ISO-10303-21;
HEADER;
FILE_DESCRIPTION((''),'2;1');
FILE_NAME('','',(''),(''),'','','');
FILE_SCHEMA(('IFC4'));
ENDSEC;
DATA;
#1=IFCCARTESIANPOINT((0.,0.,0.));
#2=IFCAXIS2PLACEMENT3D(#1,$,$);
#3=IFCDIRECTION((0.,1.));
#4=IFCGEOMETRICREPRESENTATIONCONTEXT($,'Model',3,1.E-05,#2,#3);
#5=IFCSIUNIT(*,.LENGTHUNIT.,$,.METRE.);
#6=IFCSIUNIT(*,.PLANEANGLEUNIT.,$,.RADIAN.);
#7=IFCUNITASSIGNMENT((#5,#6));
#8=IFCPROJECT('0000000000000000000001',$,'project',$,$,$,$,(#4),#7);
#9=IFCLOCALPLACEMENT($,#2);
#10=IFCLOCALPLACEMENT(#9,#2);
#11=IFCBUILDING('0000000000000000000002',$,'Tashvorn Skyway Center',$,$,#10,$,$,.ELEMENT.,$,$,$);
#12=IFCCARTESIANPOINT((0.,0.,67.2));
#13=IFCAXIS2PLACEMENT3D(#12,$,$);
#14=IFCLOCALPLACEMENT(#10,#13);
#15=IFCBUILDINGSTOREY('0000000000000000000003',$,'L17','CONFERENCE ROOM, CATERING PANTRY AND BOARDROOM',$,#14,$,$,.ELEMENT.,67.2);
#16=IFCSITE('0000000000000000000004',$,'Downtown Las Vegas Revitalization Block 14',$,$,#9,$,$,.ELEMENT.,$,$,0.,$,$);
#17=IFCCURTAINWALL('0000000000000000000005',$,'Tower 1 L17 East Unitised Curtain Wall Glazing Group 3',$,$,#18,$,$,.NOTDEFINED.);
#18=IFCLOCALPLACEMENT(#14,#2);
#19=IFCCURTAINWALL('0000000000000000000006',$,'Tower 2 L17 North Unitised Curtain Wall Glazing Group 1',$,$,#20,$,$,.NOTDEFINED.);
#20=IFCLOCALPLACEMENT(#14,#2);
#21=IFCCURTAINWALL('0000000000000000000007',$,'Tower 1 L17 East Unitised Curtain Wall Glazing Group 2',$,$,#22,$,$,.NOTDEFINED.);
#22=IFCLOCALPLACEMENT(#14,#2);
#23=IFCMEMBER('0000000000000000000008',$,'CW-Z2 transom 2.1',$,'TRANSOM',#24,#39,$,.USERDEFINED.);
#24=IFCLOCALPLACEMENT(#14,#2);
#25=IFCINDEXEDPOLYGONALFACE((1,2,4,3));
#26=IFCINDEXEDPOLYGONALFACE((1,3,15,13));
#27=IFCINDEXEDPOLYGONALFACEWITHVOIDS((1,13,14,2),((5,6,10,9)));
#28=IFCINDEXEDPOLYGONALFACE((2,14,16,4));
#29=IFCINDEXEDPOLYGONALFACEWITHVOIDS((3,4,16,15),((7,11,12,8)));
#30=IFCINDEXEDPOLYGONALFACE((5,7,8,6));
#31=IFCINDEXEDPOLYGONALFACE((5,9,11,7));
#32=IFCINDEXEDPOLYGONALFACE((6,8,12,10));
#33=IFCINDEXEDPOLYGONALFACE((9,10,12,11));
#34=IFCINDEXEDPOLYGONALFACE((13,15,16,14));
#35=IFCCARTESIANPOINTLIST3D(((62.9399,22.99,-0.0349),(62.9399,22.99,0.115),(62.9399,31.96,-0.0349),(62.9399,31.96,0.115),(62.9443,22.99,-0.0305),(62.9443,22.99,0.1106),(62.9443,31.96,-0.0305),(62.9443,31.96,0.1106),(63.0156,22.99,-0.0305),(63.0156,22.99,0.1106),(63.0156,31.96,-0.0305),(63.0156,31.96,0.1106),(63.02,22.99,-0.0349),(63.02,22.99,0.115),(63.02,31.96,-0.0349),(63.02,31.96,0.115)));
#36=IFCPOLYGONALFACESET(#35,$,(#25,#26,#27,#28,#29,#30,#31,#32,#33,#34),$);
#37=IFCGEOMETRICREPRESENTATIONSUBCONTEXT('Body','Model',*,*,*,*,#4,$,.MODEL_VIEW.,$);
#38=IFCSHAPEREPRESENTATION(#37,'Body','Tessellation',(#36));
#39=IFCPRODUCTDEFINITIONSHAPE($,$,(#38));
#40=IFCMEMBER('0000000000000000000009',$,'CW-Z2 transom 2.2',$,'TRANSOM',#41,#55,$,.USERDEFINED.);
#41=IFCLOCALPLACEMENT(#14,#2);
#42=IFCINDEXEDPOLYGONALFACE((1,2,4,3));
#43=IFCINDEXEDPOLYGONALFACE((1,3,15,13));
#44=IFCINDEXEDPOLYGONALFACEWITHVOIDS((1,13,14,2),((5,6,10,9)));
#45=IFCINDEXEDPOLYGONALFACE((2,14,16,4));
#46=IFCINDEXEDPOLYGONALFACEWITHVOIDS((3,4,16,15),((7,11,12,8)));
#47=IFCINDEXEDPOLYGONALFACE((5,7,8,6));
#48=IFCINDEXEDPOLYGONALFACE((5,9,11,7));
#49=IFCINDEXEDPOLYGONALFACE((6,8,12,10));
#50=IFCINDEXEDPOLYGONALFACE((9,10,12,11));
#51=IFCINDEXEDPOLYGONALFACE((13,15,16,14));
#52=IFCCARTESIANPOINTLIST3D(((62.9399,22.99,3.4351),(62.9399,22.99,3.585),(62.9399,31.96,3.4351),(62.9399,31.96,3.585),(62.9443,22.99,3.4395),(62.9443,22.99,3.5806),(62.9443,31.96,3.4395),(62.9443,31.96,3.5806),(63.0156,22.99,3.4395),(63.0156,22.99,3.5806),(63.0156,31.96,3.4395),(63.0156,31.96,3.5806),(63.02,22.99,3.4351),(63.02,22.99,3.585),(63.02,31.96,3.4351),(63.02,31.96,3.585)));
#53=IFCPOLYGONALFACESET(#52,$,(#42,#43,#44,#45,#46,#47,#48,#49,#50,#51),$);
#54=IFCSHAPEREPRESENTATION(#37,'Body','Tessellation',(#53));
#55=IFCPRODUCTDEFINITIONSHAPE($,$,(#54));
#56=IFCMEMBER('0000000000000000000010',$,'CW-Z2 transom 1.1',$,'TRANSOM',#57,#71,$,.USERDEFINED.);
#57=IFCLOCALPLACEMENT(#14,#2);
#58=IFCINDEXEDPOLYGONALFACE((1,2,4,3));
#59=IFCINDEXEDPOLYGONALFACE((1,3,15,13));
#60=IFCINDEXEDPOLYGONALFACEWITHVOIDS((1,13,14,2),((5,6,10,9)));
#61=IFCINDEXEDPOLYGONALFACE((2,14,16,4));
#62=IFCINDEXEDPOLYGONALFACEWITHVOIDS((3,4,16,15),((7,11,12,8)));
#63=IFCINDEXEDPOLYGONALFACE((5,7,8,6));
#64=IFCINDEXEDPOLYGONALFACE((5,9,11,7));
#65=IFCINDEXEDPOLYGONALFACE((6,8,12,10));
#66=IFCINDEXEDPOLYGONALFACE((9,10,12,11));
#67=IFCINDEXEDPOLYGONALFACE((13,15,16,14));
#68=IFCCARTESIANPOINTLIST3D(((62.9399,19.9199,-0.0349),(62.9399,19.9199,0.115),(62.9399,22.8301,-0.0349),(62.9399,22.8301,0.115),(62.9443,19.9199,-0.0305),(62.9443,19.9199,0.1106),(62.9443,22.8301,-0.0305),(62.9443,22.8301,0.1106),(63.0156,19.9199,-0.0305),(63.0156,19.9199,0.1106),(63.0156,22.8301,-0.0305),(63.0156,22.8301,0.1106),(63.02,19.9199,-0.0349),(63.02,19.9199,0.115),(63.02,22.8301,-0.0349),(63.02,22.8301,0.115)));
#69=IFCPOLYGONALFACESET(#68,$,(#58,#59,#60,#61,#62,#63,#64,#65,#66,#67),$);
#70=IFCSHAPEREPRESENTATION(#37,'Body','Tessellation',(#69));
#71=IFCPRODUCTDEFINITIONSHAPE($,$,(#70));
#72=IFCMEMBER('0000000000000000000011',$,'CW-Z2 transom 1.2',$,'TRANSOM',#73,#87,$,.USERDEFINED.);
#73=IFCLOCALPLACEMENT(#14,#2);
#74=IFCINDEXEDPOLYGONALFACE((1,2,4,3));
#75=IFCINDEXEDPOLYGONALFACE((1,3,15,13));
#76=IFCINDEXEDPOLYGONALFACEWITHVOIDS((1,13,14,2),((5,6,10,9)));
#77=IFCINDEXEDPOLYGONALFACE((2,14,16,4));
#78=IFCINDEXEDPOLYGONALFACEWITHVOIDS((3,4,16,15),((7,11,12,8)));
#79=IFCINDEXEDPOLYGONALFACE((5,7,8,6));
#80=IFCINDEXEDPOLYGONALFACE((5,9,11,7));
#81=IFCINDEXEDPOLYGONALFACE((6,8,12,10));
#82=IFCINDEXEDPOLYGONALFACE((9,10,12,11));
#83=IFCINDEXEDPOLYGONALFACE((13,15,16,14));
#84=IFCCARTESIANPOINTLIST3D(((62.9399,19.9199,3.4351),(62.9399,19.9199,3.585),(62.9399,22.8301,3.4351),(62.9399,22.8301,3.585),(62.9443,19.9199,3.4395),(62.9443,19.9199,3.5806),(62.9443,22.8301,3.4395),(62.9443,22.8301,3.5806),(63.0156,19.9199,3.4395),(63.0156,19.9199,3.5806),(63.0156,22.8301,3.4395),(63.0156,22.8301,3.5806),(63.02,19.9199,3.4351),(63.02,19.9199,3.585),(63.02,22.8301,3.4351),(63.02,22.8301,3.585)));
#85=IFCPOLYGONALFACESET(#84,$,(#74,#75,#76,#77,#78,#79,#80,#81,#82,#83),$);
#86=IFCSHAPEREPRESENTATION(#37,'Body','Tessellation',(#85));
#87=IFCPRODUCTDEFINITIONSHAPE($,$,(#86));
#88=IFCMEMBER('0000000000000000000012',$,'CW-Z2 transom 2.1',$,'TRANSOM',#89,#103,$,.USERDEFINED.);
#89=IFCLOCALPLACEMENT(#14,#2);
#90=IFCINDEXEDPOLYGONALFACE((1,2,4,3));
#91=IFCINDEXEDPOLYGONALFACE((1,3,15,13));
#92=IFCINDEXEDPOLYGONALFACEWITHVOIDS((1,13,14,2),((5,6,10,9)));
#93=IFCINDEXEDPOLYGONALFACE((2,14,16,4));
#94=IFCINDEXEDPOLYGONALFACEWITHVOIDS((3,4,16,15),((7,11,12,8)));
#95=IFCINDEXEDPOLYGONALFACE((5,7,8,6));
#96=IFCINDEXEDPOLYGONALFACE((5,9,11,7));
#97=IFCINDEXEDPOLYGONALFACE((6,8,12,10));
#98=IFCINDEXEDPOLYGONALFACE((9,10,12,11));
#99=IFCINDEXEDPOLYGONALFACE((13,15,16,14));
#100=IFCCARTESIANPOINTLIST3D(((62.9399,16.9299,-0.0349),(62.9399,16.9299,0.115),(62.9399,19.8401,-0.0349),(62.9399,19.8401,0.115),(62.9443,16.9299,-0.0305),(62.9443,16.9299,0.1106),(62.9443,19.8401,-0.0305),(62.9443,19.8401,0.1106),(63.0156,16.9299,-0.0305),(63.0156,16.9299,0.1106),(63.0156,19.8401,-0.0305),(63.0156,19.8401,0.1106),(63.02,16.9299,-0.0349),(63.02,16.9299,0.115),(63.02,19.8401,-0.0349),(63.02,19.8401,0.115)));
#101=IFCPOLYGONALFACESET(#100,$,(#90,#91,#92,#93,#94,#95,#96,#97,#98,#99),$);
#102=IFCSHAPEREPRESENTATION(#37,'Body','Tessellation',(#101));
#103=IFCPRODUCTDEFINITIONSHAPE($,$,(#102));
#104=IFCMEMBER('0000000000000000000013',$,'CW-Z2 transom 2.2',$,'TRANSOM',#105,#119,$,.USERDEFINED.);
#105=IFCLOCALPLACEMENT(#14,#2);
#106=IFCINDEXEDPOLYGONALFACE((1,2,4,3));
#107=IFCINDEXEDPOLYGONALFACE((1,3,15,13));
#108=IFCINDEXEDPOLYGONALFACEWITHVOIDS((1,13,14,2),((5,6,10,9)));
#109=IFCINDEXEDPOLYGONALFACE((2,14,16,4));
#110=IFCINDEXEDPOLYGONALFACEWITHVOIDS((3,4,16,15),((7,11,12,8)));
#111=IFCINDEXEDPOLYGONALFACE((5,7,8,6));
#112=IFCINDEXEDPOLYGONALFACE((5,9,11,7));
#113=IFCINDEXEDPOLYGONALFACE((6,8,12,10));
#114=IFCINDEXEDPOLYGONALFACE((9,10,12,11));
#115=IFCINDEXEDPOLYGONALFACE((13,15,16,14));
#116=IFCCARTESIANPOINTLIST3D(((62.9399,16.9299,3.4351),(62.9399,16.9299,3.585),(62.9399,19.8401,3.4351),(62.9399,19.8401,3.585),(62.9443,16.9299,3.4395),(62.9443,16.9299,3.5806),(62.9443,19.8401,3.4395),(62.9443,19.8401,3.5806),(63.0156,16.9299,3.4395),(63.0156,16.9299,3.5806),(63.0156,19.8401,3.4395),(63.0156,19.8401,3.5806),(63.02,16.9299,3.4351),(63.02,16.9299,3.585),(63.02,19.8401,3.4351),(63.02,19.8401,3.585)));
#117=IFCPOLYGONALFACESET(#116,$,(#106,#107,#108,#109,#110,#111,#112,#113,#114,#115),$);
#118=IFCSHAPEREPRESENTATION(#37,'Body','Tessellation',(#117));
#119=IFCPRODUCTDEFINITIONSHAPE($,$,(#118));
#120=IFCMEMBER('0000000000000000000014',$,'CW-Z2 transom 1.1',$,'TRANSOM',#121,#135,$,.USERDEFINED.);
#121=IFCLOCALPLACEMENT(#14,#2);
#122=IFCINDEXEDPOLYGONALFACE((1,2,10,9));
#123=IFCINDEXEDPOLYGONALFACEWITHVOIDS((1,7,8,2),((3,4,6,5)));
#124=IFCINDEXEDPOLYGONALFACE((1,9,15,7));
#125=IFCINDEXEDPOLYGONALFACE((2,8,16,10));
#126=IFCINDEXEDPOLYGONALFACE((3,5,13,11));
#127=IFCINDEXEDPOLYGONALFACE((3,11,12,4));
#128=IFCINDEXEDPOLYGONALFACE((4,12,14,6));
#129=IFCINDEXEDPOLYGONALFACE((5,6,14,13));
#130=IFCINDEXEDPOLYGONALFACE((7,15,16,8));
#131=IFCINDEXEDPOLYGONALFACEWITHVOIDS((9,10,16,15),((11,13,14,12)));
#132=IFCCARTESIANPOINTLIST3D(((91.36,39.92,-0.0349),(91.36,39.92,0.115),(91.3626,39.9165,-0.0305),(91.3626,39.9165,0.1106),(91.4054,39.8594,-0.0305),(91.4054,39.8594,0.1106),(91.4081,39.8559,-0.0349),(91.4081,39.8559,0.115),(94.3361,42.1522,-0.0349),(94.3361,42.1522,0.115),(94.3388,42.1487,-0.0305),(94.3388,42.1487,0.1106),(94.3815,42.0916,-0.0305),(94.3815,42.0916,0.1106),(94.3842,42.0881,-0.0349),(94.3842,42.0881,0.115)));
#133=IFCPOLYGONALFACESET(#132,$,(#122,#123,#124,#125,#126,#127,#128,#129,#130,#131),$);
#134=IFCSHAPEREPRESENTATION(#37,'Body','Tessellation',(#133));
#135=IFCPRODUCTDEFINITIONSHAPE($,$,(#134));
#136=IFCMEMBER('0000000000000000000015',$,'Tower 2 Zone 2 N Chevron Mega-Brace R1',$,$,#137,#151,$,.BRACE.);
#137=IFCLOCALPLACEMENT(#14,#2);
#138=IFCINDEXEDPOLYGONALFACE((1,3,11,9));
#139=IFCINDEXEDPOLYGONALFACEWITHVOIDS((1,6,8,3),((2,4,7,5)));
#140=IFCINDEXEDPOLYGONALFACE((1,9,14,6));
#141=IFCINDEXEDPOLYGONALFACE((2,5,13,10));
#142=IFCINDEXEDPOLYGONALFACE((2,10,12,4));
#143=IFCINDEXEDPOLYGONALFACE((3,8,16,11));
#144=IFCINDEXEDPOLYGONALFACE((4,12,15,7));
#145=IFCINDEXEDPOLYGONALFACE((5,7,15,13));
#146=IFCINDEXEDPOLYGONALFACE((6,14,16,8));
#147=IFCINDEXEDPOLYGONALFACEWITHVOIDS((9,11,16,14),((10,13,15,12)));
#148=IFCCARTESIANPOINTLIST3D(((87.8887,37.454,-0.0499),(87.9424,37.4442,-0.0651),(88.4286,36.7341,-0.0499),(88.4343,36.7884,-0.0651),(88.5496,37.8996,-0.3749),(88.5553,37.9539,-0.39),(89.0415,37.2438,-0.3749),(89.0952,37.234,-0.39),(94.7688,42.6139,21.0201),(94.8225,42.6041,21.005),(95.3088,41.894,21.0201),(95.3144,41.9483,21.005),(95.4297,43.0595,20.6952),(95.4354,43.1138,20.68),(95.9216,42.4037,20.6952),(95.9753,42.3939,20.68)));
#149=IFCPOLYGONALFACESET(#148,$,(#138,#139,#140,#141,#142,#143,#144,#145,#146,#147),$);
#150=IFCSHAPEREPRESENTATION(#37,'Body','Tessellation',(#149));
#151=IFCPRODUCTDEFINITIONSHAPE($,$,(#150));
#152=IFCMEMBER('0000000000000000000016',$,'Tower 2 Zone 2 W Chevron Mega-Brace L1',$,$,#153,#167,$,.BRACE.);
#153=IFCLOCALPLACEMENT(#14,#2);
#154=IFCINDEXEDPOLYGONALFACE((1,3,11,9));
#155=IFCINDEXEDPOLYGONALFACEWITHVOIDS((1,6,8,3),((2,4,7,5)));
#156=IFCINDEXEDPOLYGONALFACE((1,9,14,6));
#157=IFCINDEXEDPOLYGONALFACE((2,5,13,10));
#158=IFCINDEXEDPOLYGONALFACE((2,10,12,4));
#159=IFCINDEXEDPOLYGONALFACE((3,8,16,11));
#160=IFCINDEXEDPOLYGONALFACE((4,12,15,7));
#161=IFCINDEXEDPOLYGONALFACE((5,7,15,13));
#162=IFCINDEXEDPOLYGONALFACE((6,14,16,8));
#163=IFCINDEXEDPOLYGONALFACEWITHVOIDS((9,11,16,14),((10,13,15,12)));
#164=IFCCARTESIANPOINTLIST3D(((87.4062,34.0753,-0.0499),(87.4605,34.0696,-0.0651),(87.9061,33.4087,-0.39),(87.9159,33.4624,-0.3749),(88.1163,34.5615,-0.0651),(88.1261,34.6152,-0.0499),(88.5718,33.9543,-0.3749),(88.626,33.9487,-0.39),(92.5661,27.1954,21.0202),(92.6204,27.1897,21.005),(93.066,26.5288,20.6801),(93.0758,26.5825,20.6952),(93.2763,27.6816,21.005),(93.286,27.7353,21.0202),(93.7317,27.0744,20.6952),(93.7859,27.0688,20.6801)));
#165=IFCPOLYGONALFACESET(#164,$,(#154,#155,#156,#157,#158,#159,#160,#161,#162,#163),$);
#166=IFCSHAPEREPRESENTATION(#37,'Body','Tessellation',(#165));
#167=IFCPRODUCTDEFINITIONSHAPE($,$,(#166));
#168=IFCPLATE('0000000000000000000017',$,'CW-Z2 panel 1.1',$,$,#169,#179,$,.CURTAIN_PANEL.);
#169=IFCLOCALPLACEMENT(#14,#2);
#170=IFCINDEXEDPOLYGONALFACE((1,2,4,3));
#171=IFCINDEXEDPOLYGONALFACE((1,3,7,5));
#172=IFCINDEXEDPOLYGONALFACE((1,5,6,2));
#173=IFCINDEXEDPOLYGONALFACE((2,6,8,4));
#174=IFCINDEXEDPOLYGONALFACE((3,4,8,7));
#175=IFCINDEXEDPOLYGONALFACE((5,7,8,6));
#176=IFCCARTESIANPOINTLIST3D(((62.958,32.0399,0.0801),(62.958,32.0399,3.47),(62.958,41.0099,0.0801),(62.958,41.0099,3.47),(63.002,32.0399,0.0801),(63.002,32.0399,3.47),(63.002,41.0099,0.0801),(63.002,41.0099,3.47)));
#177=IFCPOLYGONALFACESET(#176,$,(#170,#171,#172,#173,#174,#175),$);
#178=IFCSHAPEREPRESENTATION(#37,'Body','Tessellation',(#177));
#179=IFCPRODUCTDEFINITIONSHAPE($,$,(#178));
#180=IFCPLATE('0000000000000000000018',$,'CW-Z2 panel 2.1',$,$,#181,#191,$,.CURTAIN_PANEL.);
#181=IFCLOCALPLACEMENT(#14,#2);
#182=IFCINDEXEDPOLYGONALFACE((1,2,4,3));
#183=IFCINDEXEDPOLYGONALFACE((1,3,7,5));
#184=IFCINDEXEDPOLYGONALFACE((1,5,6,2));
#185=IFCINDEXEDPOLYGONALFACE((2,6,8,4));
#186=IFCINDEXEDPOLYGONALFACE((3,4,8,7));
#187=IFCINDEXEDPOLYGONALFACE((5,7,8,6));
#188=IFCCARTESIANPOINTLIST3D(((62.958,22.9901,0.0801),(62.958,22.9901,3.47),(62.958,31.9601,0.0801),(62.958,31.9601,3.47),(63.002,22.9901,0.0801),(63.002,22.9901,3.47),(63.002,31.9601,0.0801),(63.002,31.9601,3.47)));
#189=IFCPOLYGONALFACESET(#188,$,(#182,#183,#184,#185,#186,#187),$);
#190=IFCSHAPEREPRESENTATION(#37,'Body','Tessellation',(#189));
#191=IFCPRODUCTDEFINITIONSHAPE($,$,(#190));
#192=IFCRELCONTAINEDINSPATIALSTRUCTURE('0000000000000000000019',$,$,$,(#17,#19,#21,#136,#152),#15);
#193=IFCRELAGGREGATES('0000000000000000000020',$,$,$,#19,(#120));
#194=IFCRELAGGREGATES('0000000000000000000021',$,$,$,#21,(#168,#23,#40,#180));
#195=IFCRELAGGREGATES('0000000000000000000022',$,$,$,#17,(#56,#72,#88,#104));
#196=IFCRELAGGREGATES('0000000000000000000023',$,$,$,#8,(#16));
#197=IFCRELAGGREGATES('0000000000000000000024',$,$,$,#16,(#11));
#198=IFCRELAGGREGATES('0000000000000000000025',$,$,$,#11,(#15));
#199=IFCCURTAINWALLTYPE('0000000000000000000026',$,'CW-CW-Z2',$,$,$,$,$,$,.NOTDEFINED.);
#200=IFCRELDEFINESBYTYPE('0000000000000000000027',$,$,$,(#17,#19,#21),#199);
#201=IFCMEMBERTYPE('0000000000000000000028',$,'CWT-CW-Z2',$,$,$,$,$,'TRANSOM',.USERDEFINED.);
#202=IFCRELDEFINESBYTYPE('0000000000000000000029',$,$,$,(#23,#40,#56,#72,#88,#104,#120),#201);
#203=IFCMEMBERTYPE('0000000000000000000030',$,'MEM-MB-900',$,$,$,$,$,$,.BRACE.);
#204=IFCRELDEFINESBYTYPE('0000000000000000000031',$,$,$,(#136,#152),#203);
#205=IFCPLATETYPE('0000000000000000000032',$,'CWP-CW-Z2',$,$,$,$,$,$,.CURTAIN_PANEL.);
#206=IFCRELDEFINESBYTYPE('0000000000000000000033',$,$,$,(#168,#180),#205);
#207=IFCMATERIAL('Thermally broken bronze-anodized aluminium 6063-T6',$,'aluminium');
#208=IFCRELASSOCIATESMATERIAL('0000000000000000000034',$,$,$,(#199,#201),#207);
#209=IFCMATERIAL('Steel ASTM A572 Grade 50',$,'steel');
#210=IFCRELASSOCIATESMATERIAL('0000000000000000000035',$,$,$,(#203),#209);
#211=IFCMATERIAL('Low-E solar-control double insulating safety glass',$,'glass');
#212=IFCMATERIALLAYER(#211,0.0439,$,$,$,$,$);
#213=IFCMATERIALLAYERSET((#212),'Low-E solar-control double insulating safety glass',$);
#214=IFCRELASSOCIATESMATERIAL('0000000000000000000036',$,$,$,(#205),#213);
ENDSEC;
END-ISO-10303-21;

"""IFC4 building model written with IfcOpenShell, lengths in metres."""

from ifc_helpers import new_model, si_unit, direction, frame, origin, origin_2d, place, context, subcontext, project, spatial, rectangle, hollow_rectangle, extrude, material, layer, layer_set, material_profile, profile_set, type_object, element, aggregate, save


model = new_model("IFC4")

# Units and contexts
model_context = context("Model", 3, precision=1e-05, world=origin(), true_north=direction((0.0, 1.0)))
body_context = subcontext(model_context, "Body", "Model", "MODEL_VIEW")
ifc_project = project(units=[si_unit("LENGTHUNIT", "METRE"), si_unit("PLANEANGLEUNIT", "RADIAN")], contexts=[model_context])

# Site, building, storey
site_placement = place(None, origin())
site = spatial("IfcSite", under=ifc_project, at=site_placement, Name="Downtown Las Vegas Revitalization Block 14", CompositionType="ELEMENT", RefElevation=0.0)
building_placement = place(site_placement, origin())
building = spatial("IfcBuilding", under=site, at=building_placement, Name="Tashvorn Skyway Center", CompositionType="ELEMENT")
storey_placement = place(building_placement, frame((0.0, 0.0, 67.2)))
storey = spatial("IfcBuildingStorey", under=building, at=storey_placement, Name="L17", Description="CONFERENCE ROOM, CATERING PANTRY AND BOARDROOM", CompositionType="ELEMENT", Elevation=67.2)

# Shared definitions
ifc_material_1 = material(Name="Steel ASTM A572 Grade 50", Category="steel")

# Curtain wall
ifc_material_2 = material(Name="Thermally broken bronze-anodized aluminium 6063-T6", Category="aluminium")
curtain_wall_type = type_object("IfcCurtainWallType", Name="CW-CW-Z2", PredefinedType="NOTDEFINED", material=ifc_material_2)
curtain_wall_1_placement = place(storey_placement, origin())
curtain_wall_1 = element("IfcCurtainWall", 1, at=curtain_wall_1_placement, inside=storey, type_object=curtain_wall_type, Name="Tower 1 L17 East Unitised Curtain Wall Glazing Group 3", PredefinedType="NOTDEFINED")

# Curtain wall
curtain_wall_2_placement = place(storey_placement, origin())
curtain_wall_2 = element("IfcCurtainWall", 2, at=curtain_wall_2_placement, inside=storey, type_object=curtain_wall_type, Name="Tower 2 L17 North Unitised Curtain Wall Glazing Group 1", PredefinedType="NOTDEFINED")

# Curtain wall, members
curtain_wall_3_placement = place(storey_placement, origin())
curtain_wall_3 = element("IfcCurtainWall", 3, at=curtain_wall_3_placement, inside=storey, type_object=curtain_wall_type, Name="Tower 1 L17 East Unitised Curtain Wall Glazing Group 2", PredefinedType="NOTDEFINED")
ifc_material_profile_1 = material_profile(ifc_material_2, hollow_rectangle(XDim=0.0801, YDim=0.1499, WallThickness=0.0044, at=origin_2d()), Name="ALU-TRAN-80x150")
ifc_profile_set_1 = profile_set([ifc_material_profile_1], Name="Thermally broken bronze-anodized aluminium 6063-T6")
member_type_1 = type_object("IfcMemberType", Name="CWT-CW-Z2", ElementType="TRANSOM", PredefinedType="USERDEFINED", material=ifc_profile_set_1)
member_1_placement = place(storey_placement, frame((62.98, 31.96, 0.04), z_axis=(0.0, -1.0, 0.0), x_axis=(1.0, 0.0, 0.0)))
member_1 = element("IfcMember", 4, at=member_1_placement, type_object=member_type_1, Name="CW-Z2 transom 2.1", ObjectType="TRANSOM", PredefinedType="USERDEFINED", context=body_context, shape_type="SweptSolid", body=[
    extrude(hollow_rectangle(XDim=0.0801, YDim=0.1499, WallThickness=0.0044, at=origin_2d()), origin(), (0.0, 0.0, 1.0), 8.97),
])
member_2_placement = place(storey_placement, frame((62.98, 31.96, 3.51), z_axis=(0.0, -1.0, 0.0), x_axis=(1.0, 0.0, 0.0)))
member_2 = element("IfcMember", 5, at=member_2_placement, type_object=member_type_1, Name="CW-Z2 transom 2.2", ObjectType="TRANSOM", PredefinedType="USERDEFINED", context=body_context, shape_type="SweptSolid", body=[
    extrude(hollow_rectangle(XDim=0.0801, YDim=0.1499, WallThickness=0.0044, at=origin_2d()), origin(), (0.0, 0.0, 1.0), 8.97),
])

# Members
member_3_placement = place(storey_placement, frame((62.98, 22.8301, 0.04), z_axis=(0.0, -1.0, 0.0), x_axis=(1.0, 0.0, 0.0)))
member_3 = element("IfcMember", 6, at=member_3_placement, type_object=member_type_1, Name="CW-Z2 transom 1.1", ObjectType="TRANSOM", PredefinedType="USERDEFINED", context=body_context, shape_type="SweptSolid", body=[
    extrude(hollow_rectangle(XDim=0.0801, YDim=0.1499, WallThickness=0.0044, at=origin_2d()), origin(), (0.0, 0.0, 1.0), 2.9102),
])
member_4_placement = place(storey_placement, frame((62.98, 22.8301, 3.51), z_axis=(0.0, -1.0, 0.0), x_axis=(1.0, 0.0, 0.0)))
member_4 = element("IfcMember", 7, at=member_4_placement, type_object=member_type_1, Name="CW-Z2 transom 1.2", ObjectType="TRANSOM", PredefinedType="USERDEFINED", context=body_context, shape_type="SweptSolid", body=[
    extrude(hollow_rectangle(XDim=0.0801, YDim=0.1499, WallThickness=0.0044, at=origin_2d()), origin(), (0.0, 0.0, 1.0), 2.9102),
])
member_5_placement = place(storey_placement, frame((62.98, 19.8401, 0.04), z_axis=(0.0, -1.0, 0.0), x_axis=(1.0, 0.0, 0.0)))
member_5 = element("IfcMember", 8, at=member_5_placement, type_object=member_type_1, Name="CW-Z2 transom 2.1", ObjectType="TRANSOM", PredefinedType="USERDEFINED", context=body_context, shape_type="SweptSolid", body=[
    extrude(hollow_rectangle(XDim=0.0801, YDim=0.1499, WallThickness=0.0044, at=origin_2d()), origin(), (0.0, 0.0, 1.0), 2.9102),
])
member_6_placement = place(storey_placement, frame((62.98, 19.8401, 3.51), z_axis=(0.0, -1.0, 0.0), x_axis=(1.0, 0.0, 0.0)))
member_6 = element("IfcMember", 9, at=member_6_placement, type_object=member_type_1, Name="CW-Z2 transom 2.2", ObjectType="TRANSOM", PredefinedType="USERDEFINED", context=body_context, shape_type="SweptSolid", body=[
    extrude(hollow_rectangle(XDim=0.0801, YDim=0.1499, WallThickness=0.0044, at=origin_2d()), origin(), (0.0, 0.0, 1.0), 2.9102),
])
member_7_placement = place(storey_placement, frame((91.384, 39.8879, 0.04), z_axis=(0.799984, 0.600021, 0.0), x_axis=(-0.600021, 0.799984, 0.0)))
member_7 = element("IfcMember", 10, at=member_7_placement, type_object=member_type_1, Name="CW-Z2 transom 1.1", ObjectType="TRANSOM", PredefinedType="USERDEFINED", context=body_context, shape_type="SweptSolid", body=[
    extrude(hollow_rectangle(XDim=0.0801, YDim=0.1499, WallThickness=0.0044, at=origin_2d()), origin(), (0.0, 0.0, 1.0), 3.7202),
])
aggregate(curtain_wall_2, [member_7])

# Members
ifc_material_profile_2 = material_profile(ifc_material_1, hollow_rectangle(XDim=0.8999, YDim=0.8999, WallThickness=0.04, at=origin_2d()), Name="BOX900x900x40")
ifc_profile_set_2 = profile_set([ifc_material_profile_2], Name="Steel ASTM A572 Grade 50")
member_type_2 = type_object("IfcMemberType", Name="MEM-MB-900", PredefinedType="BRACE", material=ifc_profile_set_2)
for number, where, z_axis, x_axis, name in (
    (11, (88.4919, 37.344, -0.22), (0.302322, 0.226734, 0.925847), (-0.599986, 0.80001, 0.0), "Tower 2 Zone 2 N Chevron Mega-Brace R1"),
    (12, (88.0161, 34.012, -0.22), (0.226734, -0.302312, 0.92585), (0.8, 0.6, 0.0), "Tower 2 Zone 2 W Chevron Mega-Brace L1"),
):
    element("IfcMember", number, at=place(storey_placement, frame(where, z_axis=z_axis, x_axis=x_axis)), inside=storey, type_object=member_type_2, Name=name, PredefinedType="BRACE", context=body_context, shape_type="SweptSolid", body=[
        extrude(hollow_rectangle(XDim=0.8999, YDim=0.8999, WallThickness=0.04, at=origin_2d()), origin(), (0.0, 0.0, 1.0), 22.7576),
    ])

# Plates
ifc_material_3 = material(Name="Low-E solar-control double insulating safety glass", Category="glass")
ifc_layer_1 = layer(ifc_material_3, 0.0439)
ifc_layer_set_1 = layer_set([ifc_layer_1], Name="Low-E solar-control double insulating safety glass")
plate_type_1 = type_object("IfcPlateType", Name="CWP-CW-Z2", PredefinedType="CURTAIN_PANEL", material=ifc_layer_set_1)
plate_1_placement = place(storey_placement, frame((62.98, 36.5249, 0.0801), z_axis=(0.0, 0.0, 1.0), x_axis=(0.0, -1.0, 0.0)))
plate_1 = element("IfcPlate", 13, at=plate_1_placement, type_object=plate_type_1, Name="CW-Z2 panel 1.1", PredefinedType="CURTAIN_PANEL", context=body_context, shape_type="SweptSolid", body=[
    extrude(rectangle(XDim=8.97, YDim=0.0439, at=origin_2d()), origin(), (0.0, 0.0, 1.0), 3.3899),
])
plate_2_placement = place(storey_placement, frame((62.98, 27.4751, 0.0801), z_axis=(0.0, 0.0, 1.0), x_axis=(0.0, -1.0, 0.0)))
plate_2 = element("IfcPlate", 14, at=plate_2_placement, type_object=plate_type_1, Name="CW-Z2 panel 2.1", PredefinedType="CURTAIN_PANEL", context=body_context, shape_type="SweptSolid", body=[
    extrude(rectangle(XDim=8.97, YDim=0.0439, at=origin_2d()), origin(), (0.0, 0.0, 1.0), 3.3899),
])
aggregate(curtain_wall_3, [plate_1, member_1, member_2, plate_2])
aggregate(curtain_wall_1, [member_3, member_4, member_5, member_6])

save(model, "model.ifc")
